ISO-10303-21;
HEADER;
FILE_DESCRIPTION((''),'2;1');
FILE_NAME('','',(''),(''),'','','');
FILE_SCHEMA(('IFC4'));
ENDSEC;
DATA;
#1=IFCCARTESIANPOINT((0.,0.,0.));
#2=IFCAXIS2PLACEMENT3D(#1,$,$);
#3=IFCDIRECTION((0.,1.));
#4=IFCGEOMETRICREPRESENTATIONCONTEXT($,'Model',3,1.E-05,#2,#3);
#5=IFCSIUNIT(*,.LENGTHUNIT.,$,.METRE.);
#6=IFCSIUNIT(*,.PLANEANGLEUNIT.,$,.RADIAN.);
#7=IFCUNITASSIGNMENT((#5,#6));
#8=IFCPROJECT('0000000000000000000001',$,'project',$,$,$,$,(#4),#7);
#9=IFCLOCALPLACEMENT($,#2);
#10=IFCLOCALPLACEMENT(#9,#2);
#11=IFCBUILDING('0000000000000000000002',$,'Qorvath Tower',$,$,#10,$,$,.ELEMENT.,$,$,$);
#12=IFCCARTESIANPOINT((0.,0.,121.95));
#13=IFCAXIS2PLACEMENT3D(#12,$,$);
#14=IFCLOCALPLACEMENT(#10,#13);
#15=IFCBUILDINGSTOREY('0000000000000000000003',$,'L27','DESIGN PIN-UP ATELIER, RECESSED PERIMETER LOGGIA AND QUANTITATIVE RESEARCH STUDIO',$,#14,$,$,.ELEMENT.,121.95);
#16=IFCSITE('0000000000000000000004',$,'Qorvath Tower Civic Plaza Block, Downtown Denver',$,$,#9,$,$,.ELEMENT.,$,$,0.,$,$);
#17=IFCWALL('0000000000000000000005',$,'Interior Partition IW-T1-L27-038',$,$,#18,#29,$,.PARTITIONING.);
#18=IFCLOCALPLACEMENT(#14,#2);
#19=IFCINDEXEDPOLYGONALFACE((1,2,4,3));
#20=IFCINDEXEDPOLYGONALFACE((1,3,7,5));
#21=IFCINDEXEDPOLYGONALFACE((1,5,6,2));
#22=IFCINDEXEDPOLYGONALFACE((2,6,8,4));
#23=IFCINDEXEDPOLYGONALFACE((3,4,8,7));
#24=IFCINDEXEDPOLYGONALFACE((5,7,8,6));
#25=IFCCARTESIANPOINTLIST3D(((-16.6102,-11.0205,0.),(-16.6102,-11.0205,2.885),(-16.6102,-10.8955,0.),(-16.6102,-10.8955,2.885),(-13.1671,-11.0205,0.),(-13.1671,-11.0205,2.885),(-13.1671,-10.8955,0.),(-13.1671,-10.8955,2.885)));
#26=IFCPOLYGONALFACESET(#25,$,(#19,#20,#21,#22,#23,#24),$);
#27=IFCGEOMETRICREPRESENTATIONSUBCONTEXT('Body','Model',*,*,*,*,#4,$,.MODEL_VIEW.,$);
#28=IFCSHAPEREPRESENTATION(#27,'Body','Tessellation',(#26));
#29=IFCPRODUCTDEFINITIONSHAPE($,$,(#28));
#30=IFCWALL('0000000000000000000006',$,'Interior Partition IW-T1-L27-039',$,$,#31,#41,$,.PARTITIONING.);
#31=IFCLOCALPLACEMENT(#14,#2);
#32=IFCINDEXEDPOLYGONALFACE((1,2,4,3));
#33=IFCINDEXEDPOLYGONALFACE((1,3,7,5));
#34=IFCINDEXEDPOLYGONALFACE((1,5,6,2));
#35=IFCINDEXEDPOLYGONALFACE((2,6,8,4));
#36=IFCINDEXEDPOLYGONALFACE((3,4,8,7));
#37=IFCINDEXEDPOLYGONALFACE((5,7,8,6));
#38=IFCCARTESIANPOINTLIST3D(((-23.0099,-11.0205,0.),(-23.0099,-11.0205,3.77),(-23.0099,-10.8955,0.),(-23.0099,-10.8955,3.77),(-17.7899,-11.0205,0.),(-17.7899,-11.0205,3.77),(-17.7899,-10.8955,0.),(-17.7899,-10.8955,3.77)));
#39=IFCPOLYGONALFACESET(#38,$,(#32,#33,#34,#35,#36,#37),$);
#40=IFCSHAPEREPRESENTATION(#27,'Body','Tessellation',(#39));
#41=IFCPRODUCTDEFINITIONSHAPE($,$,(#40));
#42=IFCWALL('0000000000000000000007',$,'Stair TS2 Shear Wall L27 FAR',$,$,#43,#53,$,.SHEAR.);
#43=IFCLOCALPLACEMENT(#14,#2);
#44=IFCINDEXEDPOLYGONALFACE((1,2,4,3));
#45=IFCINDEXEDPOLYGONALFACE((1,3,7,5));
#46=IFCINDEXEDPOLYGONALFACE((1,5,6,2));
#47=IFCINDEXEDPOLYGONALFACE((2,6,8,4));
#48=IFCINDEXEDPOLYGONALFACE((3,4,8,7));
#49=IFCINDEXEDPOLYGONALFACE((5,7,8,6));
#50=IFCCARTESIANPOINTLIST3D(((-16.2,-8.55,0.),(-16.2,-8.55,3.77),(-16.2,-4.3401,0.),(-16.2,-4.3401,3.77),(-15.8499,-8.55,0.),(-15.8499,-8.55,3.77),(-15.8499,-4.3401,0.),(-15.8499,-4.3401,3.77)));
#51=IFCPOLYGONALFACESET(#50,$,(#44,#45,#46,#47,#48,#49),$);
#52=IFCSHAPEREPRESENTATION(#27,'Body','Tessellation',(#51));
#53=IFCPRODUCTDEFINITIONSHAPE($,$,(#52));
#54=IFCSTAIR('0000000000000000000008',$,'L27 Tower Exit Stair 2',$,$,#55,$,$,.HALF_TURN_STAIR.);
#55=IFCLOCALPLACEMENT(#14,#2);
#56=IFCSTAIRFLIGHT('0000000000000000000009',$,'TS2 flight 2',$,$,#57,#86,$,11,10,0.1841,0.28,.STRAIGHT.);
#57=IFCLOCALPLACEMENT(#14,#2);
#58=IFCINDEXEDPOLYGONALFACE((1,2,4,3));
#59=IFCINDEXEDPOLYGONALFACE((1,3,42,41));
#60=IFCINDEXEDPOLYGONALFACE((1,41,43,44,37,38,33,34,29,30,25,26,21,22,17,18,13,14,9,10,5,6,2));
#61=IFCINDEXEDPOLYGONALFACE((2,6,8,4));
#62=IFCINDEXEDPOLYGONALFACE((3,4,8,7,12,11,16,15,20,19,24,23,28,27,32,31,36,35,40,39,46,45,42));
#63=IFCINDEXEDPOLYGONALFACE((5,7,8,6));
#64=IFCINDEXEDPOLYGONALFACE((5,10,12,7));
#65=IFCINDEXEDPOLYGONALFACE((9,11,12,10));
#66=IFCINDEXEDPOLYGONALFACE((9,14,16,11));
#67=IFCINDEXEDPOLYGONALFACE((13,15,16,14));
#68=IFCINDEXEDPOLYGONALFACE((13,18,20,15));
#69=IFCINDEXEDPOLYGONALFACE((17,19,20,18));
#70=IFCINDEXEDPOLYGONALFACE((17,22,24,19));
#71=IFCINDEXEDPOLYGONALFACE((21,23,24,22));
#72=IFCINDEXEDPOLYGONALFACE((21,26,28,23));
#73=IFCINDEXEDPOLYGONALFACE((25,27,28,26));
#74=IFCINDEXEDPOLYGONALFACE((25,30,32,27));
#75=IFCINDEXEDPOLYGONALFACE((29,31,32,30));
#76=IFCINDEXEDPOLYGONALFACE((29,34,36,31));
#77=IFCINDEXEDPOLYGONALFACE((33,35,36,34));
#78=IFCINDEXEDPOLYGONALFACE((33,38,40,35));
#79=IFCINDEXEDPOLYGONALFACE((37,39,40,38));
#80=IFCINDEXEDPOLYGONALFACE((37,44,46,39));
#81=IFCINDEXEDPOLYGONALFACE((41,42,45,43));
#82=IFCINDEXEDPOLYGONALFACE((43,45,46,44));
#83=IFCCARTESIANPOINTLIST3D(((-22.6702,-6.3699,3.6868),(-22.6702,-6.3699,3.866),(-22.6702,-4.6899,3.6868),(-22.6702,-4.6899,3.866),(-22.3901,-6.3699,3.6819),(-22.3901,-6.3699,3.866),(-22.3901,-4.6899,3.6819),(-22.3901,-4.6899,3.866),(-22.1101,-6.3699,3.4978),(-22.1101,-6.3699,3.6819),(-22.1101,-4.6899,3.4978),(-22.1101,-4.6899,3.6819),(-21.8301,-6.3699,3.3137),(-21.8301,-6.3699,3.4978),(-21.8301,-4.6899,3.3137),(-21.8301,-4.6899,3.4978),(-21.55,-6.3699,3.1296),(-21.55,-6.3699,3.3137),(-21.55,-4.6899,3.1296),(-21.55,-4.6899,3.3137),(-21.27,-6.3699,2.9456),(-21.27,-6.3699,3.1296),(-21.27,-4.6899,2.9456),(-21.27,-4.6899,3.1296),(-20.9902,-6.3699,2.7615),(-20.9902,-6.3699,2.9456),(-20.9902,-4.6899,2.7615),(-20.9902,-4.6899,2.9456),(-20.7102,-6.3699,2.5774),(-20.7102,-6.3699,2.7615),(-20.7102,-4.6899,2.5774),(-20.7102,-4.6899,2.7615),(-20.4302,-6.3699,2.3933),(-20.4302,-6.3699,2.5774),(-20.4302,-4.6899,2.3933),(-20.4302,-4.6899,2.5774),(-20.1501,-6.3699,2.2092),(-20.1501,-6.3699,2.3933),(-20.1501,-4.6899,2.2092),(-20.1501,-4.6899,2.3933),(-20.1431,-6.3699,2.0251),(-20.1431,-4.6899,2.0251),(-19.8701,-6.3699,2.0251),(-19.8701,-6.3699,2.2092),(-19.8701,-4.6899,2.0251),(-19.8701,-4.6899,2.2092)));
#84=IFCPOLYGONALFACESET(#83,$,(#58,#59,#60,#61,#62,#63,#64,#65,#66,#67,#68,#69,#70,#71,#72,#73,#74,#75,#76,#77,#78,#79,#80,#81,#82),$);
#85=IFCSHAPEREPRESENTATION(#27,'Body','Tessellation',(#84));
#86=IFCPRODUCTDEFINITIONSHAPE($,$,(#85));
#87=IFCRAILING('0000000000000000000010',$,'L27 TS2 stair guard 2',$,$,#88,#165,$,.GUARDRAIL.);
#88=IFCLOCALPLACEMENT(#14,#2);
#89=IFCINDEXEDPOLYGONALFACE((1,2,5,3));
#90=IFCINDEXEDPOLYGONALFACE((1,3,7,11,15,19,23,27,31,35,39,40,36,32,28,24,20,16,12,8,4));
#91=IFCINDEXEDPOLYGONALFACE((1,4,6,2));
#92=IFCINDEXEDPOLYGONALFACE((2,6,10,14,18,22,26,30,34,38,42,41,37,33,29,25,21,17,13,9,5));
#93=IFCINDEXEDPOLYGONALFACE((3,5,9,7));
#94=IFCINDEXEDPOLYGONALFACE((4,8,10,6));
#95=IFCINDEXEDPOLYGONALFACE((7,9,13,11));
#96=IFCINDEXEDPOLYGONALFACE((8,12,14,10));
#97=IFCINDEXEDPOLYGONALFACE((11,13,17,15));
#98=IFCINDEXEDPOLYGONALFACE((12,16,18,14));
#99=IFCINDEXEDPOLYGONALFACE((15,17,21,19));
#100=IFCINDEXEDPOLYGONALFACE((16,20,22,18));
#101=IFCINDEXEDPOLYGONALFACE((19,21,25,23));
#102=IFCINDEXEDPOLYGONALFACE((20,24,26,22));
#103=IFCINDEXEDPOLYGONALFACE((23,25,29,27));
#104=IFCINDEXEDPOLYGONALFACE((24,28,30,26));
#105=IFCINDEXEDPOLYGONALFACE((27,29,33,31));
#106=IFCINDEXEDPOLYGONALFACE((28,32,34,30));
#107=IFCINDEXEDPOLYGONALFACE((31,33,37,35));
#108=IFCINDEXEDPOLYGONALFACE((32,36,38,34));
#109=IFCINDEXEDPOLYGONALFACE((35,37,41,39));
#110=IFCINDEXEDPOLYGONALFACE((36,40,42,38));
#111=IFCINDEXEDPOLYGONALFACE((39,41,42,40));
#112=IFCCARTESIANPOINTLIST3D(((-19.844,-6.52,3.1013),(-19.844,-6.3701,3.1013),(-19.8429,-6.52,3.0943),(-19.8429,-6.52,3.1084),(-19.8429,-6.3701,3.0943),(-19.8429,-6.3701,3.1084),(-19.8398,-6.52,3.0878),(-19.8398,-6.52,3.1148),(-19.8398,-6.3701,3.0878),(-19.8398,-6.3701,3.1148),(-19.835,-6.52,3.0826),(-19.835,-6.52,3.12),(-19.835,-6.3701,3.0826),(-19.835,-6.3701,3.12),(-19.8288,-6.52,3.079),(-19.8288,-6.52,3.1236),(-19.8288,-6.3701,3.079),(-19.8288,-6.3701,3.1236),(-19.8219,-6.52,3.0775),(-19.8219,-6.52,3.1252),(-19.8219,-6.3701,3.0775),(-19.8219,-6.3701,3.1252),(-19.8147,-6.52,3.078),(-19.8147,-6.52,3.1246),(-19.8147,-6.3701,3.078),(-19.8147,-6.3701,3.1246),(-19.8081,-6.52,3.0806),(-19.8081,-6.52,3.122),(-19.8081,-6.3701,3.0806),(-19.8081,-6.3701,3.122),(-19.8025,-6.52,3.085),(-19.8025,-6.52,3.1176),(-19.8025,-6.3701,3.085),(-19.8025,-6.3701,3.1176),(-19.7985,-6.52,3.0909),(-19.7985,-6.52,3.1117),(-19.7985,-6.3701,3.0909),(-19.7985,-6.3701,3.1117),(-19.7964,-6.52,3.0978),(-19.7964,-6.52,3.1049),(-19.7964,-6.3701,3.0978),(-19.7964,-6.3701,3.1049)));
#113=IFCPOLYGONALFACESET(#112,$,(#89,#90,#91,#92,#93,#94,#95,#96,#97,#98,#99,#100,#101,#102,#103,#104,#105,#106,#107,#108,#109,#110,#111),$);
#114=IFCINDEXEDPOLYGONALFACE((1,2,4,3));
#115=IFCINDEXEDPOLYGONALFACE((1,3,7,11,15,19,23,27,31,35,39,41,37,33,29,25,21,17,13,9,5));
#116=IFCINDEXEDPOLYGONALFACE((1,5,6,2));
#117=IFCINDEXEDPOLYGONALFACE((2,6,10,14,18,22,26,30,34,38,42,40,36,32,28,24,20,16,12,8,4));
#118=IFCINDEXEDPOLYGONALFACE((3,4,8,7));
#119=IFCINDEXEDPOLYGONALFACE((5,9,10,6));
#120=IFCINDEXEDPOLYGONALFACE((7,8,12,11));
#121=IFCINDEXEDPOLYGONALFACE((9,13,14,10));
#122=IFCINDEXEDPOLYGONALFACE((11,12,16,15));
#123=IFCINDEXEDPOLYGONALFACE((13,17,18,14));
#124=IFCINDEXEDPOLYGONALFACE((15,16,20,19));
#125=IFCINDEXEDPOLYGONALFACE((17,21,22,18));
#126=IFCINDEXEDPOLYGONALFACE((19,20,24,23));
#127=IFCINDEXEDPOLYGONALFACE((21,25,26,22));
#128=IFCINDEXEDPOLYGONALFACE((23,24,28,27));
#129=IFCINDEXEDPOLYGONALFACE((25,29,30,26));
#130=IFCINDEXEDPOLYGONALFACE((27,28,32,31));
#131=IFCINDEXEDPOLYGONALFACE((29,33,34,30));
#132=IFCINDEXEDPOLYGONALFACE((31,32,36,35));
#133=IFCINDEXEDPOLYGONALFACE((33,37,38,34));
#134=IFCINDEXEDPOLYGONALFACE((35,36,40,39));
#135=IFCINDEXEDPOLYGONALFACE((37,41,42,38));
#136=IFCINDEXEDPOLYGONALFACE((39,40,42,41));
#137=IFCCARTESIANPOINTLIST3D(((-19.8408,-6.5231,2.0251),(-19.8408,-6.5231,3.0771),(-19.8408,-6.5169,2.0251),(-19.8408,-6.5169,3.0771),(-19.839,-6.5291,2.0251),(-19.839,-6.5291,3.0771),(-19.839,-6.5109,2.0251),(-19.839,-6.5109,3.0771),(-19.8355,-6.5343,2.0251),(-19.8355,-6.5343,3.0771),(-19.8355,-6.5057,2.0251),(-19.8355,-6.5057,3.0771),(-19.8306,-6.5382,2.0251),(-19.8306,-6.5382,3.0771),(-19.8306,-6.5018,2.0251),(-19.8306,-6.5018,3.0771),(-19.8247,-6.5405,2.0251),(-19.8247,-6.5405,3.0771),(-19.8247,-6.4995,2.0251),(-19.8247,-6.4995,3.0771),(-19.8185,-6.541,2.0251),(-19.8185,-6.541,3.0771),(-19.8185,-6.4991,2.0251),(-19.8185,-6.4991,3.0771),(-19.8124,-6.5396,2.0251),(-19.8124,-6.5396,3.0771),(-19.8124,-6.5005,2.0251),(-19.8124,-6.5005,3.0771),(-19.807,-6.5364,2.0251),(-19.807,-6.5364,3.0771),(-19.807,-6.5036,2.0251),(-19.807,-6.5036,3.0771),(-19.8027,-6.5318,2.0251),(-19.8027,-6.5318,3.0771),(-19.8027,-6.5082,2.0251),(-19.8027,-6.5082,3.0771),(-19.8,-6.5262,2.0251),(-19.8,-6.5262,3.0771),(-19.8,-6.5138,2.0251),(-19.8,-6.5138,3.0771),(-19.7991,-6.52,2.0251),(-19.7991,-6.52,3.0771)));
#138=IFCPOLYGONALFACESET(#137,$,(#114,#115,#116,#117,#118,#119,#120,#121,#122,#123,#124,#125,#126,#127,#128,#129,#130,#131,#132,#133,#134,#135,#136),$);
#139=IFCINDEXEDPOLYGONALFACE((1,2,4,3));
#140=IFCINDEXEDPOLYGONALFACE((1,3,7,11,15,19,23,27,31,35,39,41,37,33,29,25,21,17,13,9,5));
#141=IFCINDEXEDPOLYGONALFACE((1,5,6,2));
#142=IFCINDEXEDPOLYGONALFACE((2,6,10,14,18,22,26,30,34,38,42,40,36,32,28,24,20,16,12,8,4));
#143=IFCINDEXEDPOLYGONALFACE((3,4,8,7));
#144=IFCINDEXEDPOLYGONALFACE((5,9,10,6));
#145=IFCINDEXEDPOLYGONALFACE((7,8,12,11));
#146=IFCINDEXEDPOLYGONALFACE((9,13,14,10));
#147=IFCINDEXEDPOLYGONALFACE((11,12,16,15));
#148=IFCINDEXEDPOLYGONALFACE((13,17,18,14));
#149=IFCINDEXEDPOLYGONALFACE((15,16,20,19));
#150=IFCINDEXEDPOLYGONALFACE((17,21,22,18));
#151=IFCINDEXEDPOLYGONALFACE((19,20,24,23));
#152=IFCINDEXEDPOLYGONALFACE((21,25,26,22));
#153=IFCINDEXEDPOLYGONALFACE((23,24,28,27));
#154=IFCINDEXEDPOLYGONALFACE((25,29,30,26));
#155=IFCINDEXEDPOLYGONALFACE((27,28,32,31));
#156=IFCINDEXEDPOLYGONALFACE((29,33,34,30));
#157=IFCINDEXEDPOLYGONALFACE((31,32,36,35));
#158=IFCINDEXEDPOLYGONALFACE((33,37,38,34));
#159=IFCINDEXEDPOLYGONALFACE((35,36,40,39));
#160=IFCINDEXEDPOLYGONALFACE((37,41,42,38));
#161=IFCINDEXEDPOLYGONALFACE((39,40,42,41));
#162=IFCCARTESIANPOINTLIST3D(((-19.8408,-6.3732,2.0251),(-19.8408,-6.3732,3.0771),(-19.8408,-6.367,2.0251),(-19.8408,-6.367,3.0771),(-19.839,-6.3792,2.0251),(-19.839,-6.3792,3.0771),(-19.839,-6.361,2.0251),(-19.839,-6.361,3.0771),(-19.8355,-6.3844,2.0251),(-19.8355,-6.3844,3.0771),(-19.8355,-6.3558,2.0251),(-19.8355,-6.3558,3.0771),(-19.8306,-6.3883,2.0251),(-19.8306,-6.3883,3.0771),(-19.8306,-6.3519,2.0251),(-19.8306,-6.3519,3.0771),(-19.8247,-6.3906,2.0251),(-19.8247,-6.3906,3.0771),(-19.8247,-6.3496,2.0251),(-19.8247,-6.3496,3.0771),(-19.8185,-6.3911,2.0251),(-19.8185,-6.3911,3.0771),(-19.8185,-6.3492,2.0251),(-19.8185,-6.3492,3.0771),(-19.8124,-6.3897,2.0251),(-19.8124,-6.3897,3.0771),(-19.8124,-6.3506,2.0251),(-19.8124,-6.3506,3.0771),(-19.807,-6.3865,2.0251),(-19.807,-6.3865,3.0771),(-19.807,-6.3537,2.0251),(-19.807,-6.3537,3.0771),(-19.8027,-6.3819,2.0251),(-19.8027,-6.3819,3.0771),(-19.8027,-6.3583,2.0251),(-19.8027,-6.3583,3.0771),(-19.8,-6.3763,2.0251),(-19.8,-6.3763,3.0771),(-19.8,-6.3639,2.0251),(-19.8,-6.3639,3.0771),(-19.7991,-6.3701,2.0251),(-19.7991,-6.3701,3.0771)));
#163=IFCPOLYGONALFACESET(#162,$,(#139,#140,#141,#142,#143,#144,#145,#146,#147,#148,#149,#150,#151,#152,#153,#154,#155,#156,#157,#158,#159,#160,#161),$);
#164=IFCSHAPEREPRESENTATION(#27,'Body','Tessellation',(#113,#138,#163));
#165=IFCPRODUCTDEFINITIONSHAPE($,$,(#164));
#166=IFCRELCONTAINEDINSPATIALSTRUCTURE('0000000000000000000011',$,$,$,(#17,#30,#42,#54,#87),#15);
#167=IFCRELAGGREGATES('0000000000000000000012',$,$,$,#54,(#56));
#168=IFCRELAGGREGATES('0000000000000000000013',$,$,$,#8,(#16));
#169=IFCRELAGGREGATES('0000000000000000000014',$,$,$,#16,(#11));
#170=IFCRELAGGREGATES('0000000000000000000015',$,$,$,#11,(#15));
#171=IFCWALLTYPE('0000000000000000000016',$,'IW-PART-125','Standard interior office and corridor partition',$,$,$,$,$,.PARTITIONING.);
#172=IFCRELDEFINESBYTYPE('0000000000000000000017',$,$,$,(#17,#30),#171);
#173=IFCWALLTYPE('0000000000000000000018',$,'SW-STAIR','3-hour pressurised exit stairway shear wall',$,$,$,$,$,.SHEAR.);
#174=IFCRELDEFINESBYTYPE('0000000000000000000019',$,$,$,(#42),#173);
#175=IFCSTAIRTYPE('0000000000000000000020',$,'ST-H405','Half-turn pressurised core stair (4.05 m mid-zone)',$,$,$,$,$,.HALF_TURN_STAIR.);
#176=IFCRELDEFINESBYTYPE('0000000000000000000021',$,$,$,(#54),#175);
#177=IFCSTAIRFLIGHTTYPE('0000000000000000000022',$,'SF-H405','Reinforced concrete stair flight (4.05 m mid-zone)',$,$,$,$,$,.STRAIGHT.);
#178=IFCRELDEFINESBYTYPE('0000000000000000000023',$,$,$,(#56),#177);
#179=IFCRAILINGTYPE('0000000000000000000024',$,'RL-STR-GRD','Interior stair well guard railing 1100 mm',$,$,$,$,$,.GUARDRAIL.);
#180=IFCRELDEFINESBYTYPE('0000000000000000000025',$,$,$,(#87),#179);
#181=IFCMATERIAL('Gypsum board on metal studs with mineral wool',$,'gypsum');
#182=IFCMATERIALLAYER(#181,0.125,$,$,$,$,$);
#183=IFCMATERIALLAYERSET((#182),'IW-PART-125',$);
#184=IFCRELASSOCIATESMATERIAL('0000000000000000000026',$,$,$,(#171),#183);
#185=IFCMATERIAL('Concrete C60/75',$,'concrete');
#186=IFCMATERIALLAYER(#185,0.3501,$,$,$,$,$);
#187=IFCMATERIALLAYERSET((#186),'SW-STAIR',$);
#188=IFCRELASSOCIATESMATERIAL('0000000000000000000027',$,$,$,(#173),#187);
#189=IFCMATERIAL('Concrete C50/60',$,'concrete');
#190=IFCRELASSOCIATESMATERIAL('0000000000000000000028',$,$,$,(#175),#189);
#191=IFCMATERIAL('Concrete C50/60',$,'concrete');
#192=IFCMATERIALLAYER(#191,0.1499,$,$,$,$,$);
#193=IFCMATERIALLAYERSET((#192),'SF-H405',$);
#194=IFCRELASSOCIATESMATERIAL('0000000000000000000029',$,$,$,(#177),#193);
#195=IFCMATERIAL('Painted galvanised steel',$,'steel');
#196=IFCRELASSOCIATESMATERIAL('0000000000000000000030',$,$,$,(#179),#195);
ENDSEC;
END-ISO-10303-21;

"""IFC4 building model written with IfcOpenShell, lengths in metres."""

from ifc_helpers import new_model, si_unit, direction, frame, frame_2d, origin, origin_2d, place, context, subcontext, project, spatial, polyline, rectangle, circle, outline, extrude, material, layer, layer_set, type_object, element, aggregate, save


model = new_model("IFC4")

# Units and contexts
model_context = context("Model", 3, precision=1e-05, world=origin(), true_north=direction((0.0, 1.0)))
body_context = subcontext(model_context, "Body", "Model", "MODEL_VIEW")
ifc_project = project(units=[si_unit("LENGTHUNIT", "METRE"), si_unit("PLANEANGLEUNIT", "RADIAN")], contexts=[model_context])

# Site, building, storey
site_placement = place(None, origin())
site = spatial("IfcSite", under=ifc_project, at=site_placement, Name="Qorvath Tower Civic Plaza Block, Downtown Denver", CompositionType="ELEMENT", RefElevation=0.0)
building_placement = place(site_placement, origin())
building = spatial("IfcBuilding", under=site, at=building_placement, Name="Qorvath Tower", CompositionType="ELEMENT")
storey_placement = place(building_placement, frame((0.0, 0.0, 121.95)))
storey = spatial("IfcBuildingStorey", under=building, at=storey_placement, Name="L27", Description="DESIGN PIN-UP ATELIER, RECESSED PERIMETER LOGGIA AND QUANTITATIVE RESEARCH STUDIO", CompositionType="ELEMENT", Elevation=121.95)

# Walls
ifc_material_1 = material(Name="Gypsum board on metal studs with mineral wool", Category="gypsum")
ifc_layer_1 = layer(ifc_material_1, 0.125)
ifc_layer_set_1 = layer_set([ifc_layer_1], Name="IW-PART-125")
wall_type_1 = type_object("IfcWallType", Name="IW-PART-125", Description="Standard interior office and corridor partition", PredefinedType="PARTITIONING", material=ifc_layer_set_1)
wall_1_placement = place(storey_placement, frame((-13.167, -10.958, 0.0), z_axis=(0.0, 0.0, 1.0), x_axis=(-1.0, 0.0, 0.0)))
element("IfcWall", 1, at=wall_1_placement, inside=storey, type_object=wall_type_1, Name="Interior Partition IW-T1-L27-038", PredefinedType="PARTITIONING", context=body_context, shape_type="SweptSolid", body=[
    extrude(rectangle(XDim=3.4431, YDim=0.125, at=frame_2d((1.7217, 0.0))), origin(), (0.0, 0.0, 1.0), 2.885),
])
wall_2_placement = place(storey_placement, frame((-17.79, -10.958, 0.0), z_axis=(0.0, 0.0, 1.0), x_axis=(-1.0, 0.0, 0.0)))
element("IfcWall", 2, at=wall_2_placement, inside=storey, type_object=wall_type_1, Name="Interior Partition IW-T1-L27-039", PredefinedType="PARTITIONING", context=body_context, shape_type="SweptSolid", body=[
    extrude(rectangle(XDim=5.22, YDim=0.125, at=frame_2d((2.6099, 0.0))), origin(), (0.0, 0.0, 1.0), 3.77),
])
ifc_material_2 = material(Name="Concrete C60/75", Category="concrete")
ifc_layer_2 = layer(ifc_material_2, 0.3501)
ifc_layer_set_2 = layer_set([ifc_layer_2], Name="SW-STAIR")
wall_type_2 = type_object("IfcWallType", Name="SW-STAIR", Description="3-hour pressurised exit stairway shear wall", PredefinedType="SHEAR", material=ifc_layer_set_2)
wall_3_placement = place(storey_placement, frame((-16.0249, -8.55, 0.0), z_axis=(0.0, 0.0, 1.0), x_axis=(0.0, 1.0, 0.0)))
element("IfcWall", 3, at=wall_3_placement, inside=storey, type_object=wall_type_2, Name="Stair TS2 Shear Wall L27 FAR", PredefinedType="SHEAR", context=body_context, shape_type="SweptSolid", body=[
    extrude(rectangle(XDim=4.21, YDim=0.3501, at=frame_2d((2.105, 0.0))), origin(), (0.0, 0.0, 1.0), 3.77),
])

# Stair, stair flight
ifc_material_3 = material(Name="Concrete C50/60", Category="concrete")
stair_type = type_object("IfcStairType", Name="ST-H405", Description="Half-turn pressurised core stair (4.05 m mid-zone)", PredefinedType="HALF_TURN_STAIR", material=ifc_material_3)
stair_placement = place(storey_placement, origin())
stair = element("IfcStair", 4, at=stair_placement, inside=storey, type_object=stair_type, Name="L27 Tower Exit Stair 2", PredefinedType="HALF_TURN_STAIR")
ifc_material_4 = material(Name="Concrete C50/60", Category="concrete")
ifc_layer_3 = layer(ifc_material_4, 0.1499)
ifc_layer_set_3 = layer_set([ifc_layer_3], Name="SF-H405")
stair_flight_type = type_object("IfcStairFlightType", Name="SF-H405", Description="Reinforced concrete stair flight (4.05 m mid-zone)", PredefinedType="STRAIGHT", material=ifc_layer_set_3)
stair_flight_placement = place(storey_placement, frame((-19.8701, -5.53, 2.0251), z_axis=(0.0, 0.0, 1.0), x_axis=(-1.0, 0.0, 0.0)))
stair_flight = element("IfcStairFlight", 5, at=stair_flight_placement, type_object=stair_flight_type, Name="TS2 flight 2", NumberOfRisers=11, NumberOfTreads=10, PredefinedType="STRAIGHT", RiserHeight=0.1841, TreadLength=0.28, context=body_context, shape_type="SweptSolid", body=[
    extrude(outline(polyline([(0.0, 0.0), (0.0, 0.1841), (0.28, 0.1841), (0.28, 0.3682), (0.5601, 0.3682), (0.5601, 0.5522), (0.8401, 0.5522), (0.8401, 0.7363), (1.1201, 0.7363), (1.1201, 0.9204), (1.3999, 0.9204), (1.3999, 1.1045), (1.6799, 1.1045), (1.6799, 1.2886), (1.96, 1.2886), (1.96, 1.4727), (2.24, 1.4727), (2.24, 1.6567), (2.52, 1.6567), (2.52, 1.8408), (2.8, 1.8408), (2.8, 2.0249), (2.8, 1.6616), (0.2729, 0.0), (0.0, 0.0)])), frame((0.0, 0.8398, 0.0), z_axis=(0.0, -1.0, 0.0), x_axis=(1.0, 0.0, 0.0)), (0.0, 0.0, 1.0), 1.6799),
])
aggregate(stair, [stair_flight])

# Railing
ifc_material_5 = material(Name="Painted galvanised steel", Category="steel")
railing_type = type_object("IfcRailingType", Name="RL-STR-GRD", Description="Interior stair well guard railing 1100 mm", PredefinedType="GUARDRAIL", material=ifc_material_5)
railing_1_placement = place(storey_placement, frame((-19.8201, -6.52, 2.0251)))
element("IfcRailing", 6, at=railing_1_placement, inside=storey, type_object=railing_type, Name="L27 TS2 stair guard 2", PredefinedType="GUARDRAIL", context=body_context, shape_type="SweptSolid", body=[
    extrude(circle(Radius=0.0239, at=origin_2d()), frame((0.0, 0.0, 1.0762), z_axis=(0.0, 1.0, 0.0), x_axis=(-1.0, 0.0, 0.0)), (0.0, 0.0, 1.0), 0.1499),
    extrude(circle(Radius=0.021, at=origin_2d()), origin(), (0.0, 0.0, 1.0), 1.052),
    extrude(circle(Radius=0.021, at=origin_2d()), frame((0.0, 0.1499, 0.0)), (0.0, 0.0, 1.0), 1.052),
])

save(model, "model.ifc")
